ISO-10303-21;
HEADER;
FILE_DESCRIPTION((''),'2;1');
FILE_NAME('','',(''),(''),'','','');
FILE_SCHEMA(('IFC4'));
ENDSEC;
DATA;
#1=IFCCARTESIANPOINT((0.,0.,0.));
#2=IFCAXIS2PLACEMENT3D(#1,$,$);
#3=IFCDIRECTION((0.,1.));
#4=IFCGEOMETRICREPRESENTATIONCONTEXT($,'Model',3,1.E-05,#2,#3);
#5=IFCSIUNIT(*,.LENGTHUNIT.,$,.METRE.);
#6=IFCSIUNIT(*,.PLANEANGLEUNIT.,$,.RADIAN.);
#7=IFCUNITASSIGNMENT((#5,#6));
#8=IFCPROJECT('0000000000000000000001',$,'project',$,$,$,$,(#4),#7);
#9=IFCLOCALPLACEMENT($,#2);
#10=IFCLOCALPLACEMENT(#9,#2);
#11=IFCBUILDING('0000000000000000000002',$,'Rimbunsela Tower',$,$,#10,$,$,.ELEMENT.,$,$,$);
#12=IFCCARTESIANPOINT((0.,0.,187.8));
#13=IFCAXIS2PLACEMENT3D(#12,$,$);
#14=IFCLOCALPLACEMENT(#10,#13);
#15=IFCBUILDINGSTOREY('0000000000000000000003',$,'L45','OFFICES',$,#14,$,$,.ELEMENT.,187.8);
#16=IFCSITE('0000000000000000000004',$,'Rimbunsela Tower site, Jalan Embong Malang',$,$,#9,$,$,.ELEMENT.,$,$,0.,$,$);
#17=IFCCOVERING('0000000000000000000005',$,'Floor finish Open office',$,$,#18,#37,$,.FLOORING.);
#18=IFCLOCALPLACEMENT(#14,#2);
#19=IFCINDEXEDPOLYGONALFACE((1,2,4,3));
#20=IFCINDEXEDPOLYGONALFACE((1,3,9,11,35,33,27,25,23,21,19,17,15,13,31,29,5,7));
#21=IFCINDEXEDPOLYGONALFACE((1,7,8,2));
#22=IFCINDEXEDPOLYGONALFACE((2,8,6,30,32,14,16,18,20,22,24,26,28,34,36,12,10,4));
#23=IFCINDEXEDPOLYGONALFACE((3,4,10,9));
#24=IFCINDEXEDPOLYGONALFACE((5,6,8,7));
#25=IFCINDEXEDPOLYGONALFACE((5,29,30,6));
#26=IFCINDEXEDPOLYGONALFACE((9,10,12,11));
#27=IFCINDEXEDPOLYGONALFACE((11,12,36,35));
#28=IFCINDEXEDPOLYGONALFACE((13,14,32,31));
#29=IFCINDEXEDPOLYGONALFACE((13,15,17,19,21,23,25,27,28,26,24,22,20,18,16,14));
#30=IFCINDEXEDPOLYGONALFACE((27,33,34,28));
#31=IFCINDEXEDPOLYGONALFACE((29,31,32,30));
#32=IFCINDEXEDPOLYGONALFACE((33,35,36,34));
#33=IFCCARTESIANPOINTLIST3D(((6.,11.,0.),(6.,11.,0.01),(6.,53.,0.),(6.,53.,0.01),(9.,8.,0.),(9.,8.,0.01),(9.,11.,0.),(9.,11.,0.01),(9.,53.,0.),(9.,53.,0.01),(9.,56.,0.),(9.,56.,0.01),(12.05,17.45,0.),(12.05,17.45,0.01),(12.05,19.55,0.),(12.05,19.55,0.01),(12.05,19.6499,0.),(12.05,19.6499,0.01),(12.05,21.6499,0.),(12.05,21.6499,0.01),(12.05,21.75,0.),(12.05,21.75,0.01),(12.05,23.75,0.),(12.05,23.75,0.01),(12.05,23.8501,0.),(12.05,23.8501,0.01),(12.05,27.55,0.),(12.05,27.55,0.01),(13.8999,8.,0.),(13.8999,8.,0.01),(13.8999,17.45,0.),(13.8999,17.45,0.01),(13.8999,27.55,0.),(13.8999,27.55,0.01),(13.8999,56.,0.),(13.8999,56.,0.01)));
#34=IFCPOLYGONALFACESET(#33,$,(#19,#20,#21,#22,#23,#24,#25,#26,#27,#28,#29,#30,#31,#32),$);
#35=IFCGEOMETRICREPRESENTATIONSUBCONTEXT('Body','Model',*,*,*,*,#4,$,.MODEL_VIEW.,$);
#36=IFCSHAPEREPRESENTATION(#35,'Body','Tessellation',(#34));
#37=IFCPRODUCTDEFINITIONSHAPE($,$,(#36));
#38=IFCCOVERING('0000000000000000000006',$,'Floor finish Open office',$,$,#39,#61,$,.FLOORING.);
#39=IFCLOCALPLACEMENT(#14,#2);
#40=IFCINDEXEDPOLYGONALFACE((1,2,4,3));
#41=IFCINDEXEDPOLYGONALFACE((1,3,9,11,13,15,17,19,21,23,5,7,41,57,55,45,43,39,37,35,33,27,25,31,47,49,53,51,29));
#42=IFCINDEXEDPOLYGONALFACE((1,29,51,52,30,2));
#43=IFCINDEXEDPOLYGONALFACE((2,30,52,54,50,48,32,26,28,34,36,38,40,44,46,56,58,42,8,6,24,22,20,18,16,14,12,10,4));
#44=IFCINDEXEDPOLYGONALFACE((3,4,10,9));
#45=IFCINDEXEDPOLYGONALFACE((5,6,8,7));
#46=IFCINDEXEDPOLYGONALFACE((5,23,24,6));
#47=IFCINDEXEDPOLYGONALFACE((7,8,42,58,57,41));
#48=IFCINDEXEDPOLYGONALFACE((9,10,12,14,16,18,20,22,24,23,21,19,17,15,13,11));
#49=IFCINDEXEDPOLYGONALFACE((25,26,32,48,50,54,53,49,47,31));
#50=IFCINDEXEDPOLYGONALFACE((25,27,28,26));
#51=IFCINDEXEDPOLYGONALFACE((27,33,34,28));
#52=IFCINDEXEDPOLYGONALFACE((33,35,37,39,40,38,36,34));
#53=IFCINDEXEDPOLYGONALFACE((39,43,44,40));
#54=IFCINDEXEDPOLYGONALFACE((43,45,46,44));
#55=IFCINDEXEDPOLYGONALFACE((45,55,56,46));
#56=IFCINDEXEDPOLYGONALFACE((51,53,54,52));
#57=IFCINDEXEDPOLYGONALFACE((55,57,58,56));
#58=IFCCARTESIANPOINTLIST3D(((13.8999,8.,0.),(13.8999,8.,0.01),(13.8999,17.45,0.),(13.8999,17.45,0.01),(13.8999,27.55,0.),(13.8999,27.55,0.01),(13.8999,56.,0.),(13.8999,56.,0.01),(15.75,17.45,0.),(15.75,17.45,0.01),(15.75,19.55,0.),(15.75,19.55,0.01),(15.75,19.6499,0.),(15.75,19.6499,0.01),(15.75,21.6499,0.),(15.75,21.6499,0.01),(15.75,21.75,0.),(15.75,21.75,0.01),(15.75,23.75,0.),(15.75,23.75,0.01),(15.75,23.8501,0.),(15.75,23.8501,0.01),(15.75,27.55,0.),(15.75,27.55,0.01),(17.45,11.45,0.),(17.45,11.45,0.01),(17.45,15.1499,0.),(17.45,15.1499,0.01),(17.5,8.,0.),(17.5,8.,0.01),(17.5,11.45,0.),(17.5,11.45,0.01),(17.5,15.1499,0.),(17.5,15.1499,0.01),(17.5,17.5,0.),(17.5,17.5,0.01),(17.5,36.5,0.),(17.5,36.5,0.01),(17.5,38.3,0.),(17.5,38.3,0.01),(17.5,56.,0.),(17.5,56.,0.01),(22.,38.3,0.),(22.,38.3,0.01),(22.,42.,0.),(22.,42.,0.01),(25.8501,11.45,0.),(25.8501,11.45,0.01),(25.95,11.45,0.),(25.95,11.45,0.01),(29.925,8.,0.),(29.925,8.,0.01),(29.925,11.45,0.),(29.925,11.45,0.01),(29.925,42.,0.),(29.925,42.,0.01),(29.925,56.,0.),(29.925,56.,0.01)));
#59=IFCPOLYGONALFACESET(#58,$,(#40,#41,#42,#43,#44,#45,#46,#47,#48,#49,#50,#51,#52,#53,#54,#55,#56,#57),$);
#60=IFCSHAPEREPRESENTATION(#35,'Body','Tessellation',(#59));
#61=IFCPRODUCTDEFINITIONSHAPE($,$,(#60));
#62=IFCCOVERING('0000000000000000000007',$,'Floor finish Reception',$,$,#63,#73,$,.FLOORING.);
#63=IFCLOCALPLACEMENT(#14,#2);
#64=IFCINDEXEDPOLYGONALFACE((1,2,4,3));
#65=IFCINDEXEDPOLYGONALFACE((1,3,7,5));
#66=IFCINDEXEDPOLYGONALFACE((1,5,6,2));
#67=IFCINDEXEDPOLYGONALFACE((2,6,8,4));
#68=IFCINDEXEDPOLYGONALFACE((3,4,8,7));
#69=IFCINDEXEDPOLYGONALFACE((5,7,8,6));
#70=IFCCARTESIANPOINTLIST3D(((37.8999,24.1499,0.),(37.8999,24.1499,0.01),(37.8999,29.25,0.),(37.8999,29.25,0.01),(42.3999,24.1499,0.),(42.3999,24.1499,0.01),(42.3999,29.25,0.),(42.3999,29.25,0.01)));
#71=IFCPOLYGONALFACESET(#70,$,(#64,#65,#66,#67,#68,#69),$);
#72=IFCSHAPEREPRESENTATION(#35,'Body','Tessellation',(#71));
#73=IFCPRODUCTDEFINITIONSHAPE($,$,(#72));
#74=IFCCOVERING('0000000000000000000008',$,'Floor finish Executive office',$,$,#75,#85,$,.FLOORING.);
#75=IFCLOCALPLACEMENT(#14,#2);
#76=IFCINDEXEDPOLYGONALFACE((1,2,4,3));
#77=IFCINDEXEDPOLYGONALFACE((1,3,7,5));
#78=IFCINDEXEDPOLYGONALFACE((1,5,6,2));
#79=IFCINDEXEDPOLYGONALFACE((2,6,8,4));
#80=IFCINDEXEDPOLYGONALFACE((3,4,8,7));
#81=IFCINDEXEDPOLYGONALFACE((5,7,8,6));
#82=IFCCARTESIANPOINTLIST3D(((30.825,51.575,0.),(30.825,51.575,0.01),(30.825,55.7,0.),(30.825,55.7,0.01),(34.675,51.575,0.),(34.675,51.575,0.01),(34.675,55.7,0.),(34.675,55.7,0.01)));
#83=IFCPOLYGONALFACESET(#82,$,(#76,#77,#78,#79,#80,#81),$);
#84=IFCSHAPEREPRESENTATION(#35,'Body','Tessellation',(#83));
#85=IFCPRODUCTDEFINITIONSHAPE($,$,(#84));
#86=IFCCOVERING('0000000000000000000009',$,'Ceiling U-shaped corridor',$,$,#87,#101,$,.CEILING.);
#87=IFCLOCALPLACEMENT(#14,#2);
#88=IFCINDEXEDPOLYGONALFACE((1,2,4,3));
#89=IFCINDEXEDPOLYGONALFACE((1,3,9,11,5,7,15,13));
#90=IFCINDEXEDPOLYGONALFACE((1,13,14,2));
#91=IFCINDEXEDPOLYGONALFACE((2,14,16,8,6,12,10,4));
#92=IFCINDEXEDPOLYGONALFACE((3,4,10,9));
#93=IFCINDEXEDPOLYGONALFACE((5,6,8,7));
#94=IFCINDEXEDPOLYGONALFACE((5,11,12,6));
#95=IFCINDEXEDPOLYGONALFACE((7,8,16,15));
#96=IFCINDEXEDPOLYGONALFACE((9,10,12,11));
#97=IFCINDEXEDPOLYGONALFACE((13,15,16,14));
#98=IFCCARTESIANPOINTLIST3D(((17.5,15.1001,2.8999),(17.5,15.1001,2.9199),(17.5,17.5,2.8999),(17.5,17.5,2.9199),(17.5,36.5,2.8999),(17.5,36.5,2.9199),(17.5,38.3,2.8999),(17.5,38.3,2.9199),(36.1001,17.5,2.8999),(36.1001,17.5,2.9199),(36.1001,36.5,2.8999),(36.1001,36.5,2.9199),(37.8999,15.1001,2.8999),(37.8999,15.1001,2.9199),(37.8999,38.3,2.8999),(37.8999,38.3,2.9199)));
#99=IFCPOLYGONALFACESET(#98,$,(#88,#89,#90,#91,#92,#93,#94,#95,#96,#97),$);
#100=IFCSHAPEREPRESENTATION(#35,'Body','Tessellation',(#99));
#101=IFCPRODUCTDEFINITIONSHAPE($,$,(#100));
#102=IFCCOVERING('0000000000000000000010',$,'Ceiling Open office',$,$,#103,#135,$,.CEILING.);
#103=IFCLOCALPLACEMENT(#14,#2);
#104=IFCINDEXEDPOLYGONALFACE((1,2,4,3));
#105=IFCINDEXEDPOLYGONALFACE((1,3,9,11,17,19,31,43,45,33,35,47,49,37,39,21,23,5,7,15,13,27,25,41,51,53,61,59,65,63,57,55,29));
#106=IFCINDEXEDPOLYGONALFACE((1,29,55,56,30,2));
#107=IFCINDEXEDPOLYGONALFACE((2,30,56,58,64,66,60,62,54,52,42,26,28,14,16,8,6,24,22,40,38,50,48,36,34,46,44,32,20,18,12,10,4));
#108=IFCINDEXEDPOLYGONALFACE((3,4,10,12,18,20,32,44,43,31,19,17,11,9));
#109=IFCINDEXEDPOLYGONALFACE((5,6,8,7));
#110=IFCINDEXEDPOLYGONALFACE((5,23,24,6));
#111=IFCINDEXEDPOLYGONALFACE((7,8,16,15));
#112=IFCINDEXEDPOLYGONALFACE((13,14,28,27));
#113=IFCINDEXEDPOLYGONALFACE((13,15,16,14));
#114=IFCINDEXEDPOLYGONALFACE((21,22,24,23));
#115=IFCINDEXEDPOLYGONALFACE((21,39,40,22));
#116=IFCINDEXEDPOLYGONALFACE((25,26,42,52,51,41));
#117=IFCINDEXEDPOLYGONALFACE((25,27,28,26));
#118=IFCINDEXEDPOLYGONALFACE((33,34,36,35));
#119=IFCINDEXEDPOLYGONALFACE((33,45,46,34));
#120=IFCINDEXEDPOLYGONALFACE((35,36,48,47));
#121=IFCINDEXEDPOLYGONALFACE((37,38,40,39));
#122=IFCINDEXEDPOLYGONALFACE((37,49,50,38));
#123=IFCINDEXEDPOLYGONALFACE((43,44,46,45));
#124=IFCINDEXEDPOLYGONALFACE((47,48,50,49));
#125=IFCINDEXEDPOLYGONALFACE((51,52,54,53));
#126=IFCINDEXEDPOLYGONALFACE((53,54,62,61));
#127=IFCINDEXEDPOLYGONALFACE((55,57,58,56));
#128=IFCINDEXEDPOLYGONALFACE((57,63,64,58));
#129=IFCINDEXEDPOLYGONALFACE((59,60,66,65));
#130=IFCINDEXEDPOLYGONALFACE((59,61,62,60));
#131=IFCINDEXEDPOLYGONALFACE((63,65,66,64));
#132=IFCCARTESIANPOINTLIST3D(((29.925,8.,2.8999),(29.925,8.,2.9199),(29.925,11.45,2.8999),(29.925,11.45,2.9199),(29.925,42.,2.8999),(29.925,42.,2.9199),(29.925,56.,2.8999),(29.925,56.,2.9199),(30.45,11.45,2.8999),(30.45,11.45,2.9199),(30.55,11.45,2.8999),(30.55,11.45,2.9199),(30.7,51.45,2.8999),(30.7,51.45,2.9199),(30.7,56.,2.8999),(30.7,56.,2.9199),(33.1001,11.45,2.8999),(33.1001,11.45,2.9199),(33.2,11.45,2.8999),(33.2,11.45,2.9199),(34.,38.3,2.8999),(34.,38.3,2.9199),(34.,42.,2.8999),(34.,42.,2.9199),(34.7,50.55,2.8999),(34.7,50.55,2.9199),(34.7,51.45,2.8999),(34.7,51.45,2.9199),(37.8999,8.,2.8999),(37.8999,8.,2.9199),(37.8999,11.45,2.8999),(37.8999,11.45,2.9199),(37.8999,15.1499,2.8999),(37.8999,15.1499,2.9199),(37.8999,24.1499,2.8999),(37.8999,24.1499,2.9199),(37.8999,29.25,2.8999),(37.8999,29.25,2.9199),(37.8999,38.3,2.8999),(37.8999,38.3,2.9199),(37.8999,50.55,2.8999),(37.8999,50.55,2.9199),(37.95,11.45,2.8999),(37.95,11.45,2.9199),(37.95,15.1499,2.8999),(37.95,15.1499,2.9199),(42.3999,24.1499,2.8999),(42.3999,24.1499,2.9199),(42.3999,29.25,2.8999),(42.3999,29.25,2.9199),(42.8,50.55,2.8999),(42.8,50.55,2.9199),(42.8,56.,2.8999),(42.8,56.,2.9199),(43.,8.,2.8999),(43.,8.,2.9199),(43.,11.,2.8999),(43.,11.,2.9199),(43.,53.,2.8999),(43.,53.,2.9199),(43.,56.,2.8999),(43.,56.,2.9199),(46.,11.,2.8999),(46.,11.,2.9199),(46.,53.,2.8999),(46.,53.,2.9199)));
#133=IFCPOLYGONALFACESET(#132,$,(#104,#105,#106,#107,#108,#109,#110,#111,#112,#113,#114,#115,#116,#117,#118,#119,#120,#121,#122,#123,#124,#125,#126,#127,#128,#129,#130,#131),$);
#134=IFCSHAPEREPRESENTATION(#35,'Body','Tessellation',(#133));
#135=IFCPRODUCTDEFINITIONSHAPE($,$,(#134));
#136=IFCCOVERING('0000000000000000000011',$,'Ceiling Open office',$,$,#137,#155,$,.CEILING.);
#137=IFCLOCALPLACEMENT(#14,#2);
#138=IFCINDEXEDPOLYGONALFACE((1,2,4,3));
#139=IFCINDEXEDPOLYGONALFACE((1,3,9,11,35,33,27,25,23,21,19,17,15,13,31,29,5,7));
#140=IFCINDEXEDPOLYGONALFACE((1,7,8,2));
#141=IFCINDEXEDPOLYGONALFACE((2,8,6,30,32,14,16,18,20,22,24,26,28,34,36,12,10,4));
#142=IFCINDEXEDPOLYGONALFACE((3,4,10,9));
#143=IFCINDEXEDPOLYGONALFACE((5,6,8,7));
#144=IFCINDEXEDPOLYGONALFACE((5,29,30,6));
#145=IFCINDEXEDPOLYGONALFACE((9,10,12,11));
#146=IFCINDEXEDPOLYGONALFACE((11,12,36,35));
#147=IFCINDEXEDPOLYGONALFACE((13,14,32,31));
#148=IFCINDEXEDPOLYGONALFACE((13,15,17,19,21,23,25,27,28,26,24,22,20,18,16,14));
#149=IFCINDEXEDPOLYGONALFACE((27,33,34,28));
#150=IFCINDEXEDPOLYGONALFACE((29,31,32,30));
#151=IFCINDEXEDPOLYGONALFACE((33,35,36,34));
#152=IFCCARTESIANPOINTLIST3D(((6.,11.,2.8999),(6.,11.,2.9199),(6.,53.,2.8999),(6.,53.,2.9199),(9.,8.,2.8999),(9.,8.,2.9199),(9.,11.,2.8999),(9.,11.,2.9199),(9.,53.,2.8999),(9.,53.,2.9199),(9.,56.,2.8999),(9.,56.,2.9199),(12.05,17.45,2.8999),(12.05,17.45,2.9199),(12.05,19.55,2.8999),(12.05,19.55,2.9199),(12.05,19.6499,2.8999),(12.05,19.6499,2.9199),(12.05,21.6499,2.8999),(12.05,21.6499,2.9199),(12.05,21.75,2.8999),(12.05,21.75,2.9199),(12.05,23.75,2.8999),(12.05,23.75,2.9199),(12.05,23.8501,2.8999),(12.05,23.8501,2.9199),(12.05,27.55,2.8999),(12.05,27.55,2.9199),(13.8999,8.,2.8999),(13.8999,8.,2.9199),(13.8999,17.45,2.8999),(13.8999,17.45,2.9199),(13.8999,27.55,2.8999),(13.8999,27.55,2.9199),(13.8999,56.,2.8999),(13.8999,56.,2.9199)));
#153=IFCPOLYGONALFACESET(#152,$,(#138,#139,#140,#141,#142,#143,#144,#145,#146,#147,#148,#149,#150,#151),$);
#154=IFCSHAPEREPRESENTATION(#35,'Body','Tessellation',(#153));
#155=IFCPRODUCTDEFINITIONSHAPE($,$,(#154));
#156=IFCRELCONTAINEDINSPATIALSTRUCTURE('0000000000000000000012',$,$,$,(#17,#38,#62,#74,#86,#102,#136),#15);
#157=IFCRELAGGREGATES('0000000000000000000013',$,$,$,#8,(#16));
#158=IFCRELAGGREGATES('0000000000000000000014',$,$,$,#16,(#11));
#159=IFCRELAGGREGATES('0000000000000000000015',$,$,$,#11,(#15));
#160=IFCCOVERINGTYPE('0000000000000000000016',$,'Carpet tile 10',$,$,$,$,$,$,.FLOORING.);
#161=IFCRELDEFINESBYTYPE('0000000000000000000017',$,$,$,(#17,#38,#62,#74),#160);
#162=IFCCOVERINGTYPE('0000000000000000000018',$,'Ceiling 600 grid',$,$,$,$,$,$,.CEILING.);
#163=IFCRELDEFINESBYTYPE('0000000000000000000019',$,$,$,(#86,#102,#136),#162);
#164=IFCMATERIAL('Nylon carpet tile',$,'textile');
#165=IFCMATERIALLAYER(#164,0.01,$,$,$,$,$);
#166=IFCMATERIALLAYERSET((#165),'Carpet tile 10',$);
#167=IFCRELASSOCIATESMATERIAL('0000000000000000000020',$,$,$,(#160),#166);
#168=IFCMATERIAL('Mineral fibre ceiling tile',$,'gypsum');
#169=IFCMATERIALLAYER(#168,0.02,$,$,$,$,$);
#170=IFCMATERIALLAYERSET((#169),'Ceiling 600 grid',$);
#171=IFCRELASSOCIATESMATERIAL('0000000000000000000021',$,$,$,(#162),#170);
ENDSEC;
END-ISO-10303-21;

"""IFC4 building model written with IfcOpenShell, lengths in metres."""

from ifc_helpers import new_model, si_unit, direction, frame, origin, place, context, subcontext, project, spatial, polyline, outline, extrude, material, layer, layer_set, type_object, element, save


model = new_model("IFC4")

# Units and contexts
model_context = context("Model", 3, precision=1e-05, world=origin(), true_north=direction((0.0, 1.0)))
body_context = subcontext(model_context, "Body", "Model", "MODEL_VIEW")
ifc_project = project(units=[si_unit("LENGTHUNIT", "METRE"), si_unit("PLANEANGLEUNIT", "RADIAN")], contexts=[model_context])

# Site, building, storey
site_placement = place(None, origin())
site = spatial("IfcSite", under=ifc_project, at=site_placement, Name="Rimbunsela Tower site, Jalan Embong Malang", CompositionType="ELEMENT", RefElevation=0.0)
building_placement = place(site_placement, origin())
building = spatial("IfcBuilding", under=site, at=building_placement, Name="Rimbunsela Tower", CompositionType="ELEMENT")
storey_placement = place(building_placement, frame((0.0, 0.0, 187.8)))
storey = spatial("IfcBuildingStorey", under=building, at=storey_placement, Name="L45", Description="OFFICES", CompositionType="ELEMENT", Elevation=187.8)

# Coverings
ifc_material_1 = material(Name="Nylon carpet tile", Category="textile")
ifc_layer_1 = layer(ifc_material_1, 0.01)
ifc_layer_set_1 = layer_set([ifc_layer_1], Name="Carpet tile 10")
covering_type_1 = type_object("IfcCoveringType", Name="Carpet tile 10", PredefinedType="FLOORING", material=ifc_layer_set_1)
covering_1_placement = place(storey_placement, origin())
element("IfcCovering", 1, at=covering_1_placement, inside=storey, type_object=covering_type_1, Name="Floor finish Open office", PredefinedType="FLOORING", context=body_context, shape_type="SweptSolid", body=[
    extrude(outline(polyline([(13.8999, 8.0), (9.0, 8.0), (9.0, 11.0), (6.0, 11.0), (6.0, 53.0), (9.0, 53.0), (9.0, 56.0), (13.8999, 56.0), (13.8999, 27.55), (12.05, 27.55), (12.05, 23.8501), (12.05, 23.75), (12.05, 21.75), (12.05, 21.6499), (12.05, 19.6499), (12.05, 19.55), (12.05, 17.45), (13.8999, 17.45), (13.8999, 8.0)])), origin(), (0.0, 0.0, 1.0), 0.01),
])
covering_2_placement = place(storey_placement, origin())
element("IfcCovering", 2, at=covering_2_placement, inside=storey, type_object=covering_type_1, Name="Floor finish Open office", PredefinedType="FLOORING", context=body_context, shape_type="SweptSolid", body=[
    extrude(outline(polyline([(17.5, 8.0), (13.8999, 8.0), (13.8999, 17.45), (15.75, 17.45), (15.75, 19.55), (15.75, 19.6499), (15.75, 21.6499), (15.75, 21.75), (15.75, 23.75), (15.75, 23.8501), (15.75, 27.55), (13.8999, 27.55), (13.8999, 56.0), (17.5, 56.0), (29.925, 56.0), (29.925, 42.0), (22.0, 42.0), (22.0, 38.3), (17.5, 38.3), (17.5, 36.5), (17.5, 17.5), (17.5, 15.1499), (17.45, 15.1499), (17.45, 11.45), (17.5, 11.45), (25.8501, 11.45), (25.95, 11.45), (29.925, 11.45), (29.925, 8.0), (17.5, 8.0)])), origin(), (0.0, 0.0, 1.0), 0.01),
])
covering_3_placement = place(storey_placement, origin())
element("IfcCovering", 3, at=covering_3_placement, inside=storey, type_object=covering_type_1, Name="Floor finish Reception", PredefinedType="FLOORING", context=body_context, shape_type="SweptSolid", body=[
    extrude(outline(polyline([(42.3999, 24.1499), (42.3999, 29.25), (37.8999, 29.25), (37.8999, 24.1499), (42.3999, 24.1499)])), origin(), (0.0, 0.0, 1.0), 0.01),
])
covering_4_placement = place(storey_placement, origin())
element("IfcCovering", 4, at=covering_4_placement, inside=storey, type_object=covering_type_1, Name="Floor finish Executive office", PredefinedType="FLOORING", context=body_context, shape_type="SweptSolid", body=[
    extrude(outline(polyline([(34.675, 51.575), (34.675, 55.7), (30.825, 55.7), (30.825, 51.575), (34.675, 51.575)])), origin(), (0.0, 0.0, 1.0), 0.01),
])
ifc_material_2 = material(Name="Mineral fibre ceiling tile", Category="gypsum")
ifc_layer_2 = layer(ifc_material_2, 0.02)
ifc_layer_set_2 = layer_set([ifc_layer_2], Name="Ceiling 600 grid")
covering_type_2 = type_object("IfcCoveringType", Name="Ceiling 600 grid", PredefinedType="CEILING", material=ifc_layer_set_2)
covering_5_placement = place(storey_placement, frame((0.0, 0.0, 2.8999)))
element("IfcCovering", 5, at=covering_5_placement, inside=storey, type_object=covering_type_2, Name="Ceiling U-shaped corridor", PredefinedType="CEILING", context=body_context, shape_type="SweptSolid", body=[
    extrude(outline(polyline([(37.8999, 38.3), (37.8999, 15.1001), (17.5, 15.1001), (17.5, 17.5), (36.1001, 17.5), (36.1001, 36.5), (17.5, 36.5), (17.5, 38.3), (37.8999, 38.3)])), origin(), (0.0, 0.0, 1.0), 0.02),
])
covering_6_placement = place(storey_placement, frame((0.0, 0.0, 2.8999)))
element("IfcCovering", 6, at=covering_6_placement, inside=storey, type_object=covering_type_2, Name="Ceiling Open office", PredefinedType="CEILING", context=body_context, shape_type="SweptSolid", body=[
    extrude(outline(polyline([(29.925, 56.0), (30.7, 56.0), (30.7, 51.45), (34.7, 51.45), (34.7, 50.55), (37.8999, 50.55), (42.8, 50.55), (42.8, 56.0), (43.0, 56.0), (43.0, 53.0), (46.0, 53.0), (46.0, 11.0), (43.0, 11.0), (43.0, 8.0), (37.8999, 8.0), (29.925, 8.0), (29.925, 11.45), (30.45, 11.45), (30.55, 11.45), (33.1001, 11.45), (33.2, 11.45), (37.8999, 11.45), (37.95, 11.45), (37.95, 15.1499), (37.8999, 15.1499), (37.8999, 24.1499), (42.3999, 24.1499), (42.3999, 29.25), (37.8999, 29.25), (37.8999, 38.3), (34.0, 38.3), (34.0, 42.0), (29.925, 42.0), (29.925, 56.0)])), origin(), (0.0, 0.0, 1.0), 0.02),
])
covering_7_placement = place(storey_placement, frame((0.0, 0.0, 2.8999)))
element("IfcCovering", 7, at=covering_7_placement, inside=storey, type_object=covering_type_2, Name="Ceiling Open office", PredefinedType="CEILING", context=body_context, shape_type="SweptSolid", body=[
    extrude(outline(polyline([(13.8999, 8.0), (9.0, 8.0), (9.0, 11.0), (6.0, 11.0), (6.0, 53.0), (9.0, 53.0), (9.0, 56.0), (13.8999, 56.0), (13.8999, 27.55), (12.05, 27.55), (12.05, 23.8501), (12.05, 23.75), (12.05, 21.75), (12.05, 21.6499), (12.05, 19.6499), (12.05, 19.55), (12.05, 17.45), (13.8999, 17.45), (13.8999, 8.0)])), origin(), (0.0, 0.0, 1.0), 0.02),
])

save(model, "model.ifc")
